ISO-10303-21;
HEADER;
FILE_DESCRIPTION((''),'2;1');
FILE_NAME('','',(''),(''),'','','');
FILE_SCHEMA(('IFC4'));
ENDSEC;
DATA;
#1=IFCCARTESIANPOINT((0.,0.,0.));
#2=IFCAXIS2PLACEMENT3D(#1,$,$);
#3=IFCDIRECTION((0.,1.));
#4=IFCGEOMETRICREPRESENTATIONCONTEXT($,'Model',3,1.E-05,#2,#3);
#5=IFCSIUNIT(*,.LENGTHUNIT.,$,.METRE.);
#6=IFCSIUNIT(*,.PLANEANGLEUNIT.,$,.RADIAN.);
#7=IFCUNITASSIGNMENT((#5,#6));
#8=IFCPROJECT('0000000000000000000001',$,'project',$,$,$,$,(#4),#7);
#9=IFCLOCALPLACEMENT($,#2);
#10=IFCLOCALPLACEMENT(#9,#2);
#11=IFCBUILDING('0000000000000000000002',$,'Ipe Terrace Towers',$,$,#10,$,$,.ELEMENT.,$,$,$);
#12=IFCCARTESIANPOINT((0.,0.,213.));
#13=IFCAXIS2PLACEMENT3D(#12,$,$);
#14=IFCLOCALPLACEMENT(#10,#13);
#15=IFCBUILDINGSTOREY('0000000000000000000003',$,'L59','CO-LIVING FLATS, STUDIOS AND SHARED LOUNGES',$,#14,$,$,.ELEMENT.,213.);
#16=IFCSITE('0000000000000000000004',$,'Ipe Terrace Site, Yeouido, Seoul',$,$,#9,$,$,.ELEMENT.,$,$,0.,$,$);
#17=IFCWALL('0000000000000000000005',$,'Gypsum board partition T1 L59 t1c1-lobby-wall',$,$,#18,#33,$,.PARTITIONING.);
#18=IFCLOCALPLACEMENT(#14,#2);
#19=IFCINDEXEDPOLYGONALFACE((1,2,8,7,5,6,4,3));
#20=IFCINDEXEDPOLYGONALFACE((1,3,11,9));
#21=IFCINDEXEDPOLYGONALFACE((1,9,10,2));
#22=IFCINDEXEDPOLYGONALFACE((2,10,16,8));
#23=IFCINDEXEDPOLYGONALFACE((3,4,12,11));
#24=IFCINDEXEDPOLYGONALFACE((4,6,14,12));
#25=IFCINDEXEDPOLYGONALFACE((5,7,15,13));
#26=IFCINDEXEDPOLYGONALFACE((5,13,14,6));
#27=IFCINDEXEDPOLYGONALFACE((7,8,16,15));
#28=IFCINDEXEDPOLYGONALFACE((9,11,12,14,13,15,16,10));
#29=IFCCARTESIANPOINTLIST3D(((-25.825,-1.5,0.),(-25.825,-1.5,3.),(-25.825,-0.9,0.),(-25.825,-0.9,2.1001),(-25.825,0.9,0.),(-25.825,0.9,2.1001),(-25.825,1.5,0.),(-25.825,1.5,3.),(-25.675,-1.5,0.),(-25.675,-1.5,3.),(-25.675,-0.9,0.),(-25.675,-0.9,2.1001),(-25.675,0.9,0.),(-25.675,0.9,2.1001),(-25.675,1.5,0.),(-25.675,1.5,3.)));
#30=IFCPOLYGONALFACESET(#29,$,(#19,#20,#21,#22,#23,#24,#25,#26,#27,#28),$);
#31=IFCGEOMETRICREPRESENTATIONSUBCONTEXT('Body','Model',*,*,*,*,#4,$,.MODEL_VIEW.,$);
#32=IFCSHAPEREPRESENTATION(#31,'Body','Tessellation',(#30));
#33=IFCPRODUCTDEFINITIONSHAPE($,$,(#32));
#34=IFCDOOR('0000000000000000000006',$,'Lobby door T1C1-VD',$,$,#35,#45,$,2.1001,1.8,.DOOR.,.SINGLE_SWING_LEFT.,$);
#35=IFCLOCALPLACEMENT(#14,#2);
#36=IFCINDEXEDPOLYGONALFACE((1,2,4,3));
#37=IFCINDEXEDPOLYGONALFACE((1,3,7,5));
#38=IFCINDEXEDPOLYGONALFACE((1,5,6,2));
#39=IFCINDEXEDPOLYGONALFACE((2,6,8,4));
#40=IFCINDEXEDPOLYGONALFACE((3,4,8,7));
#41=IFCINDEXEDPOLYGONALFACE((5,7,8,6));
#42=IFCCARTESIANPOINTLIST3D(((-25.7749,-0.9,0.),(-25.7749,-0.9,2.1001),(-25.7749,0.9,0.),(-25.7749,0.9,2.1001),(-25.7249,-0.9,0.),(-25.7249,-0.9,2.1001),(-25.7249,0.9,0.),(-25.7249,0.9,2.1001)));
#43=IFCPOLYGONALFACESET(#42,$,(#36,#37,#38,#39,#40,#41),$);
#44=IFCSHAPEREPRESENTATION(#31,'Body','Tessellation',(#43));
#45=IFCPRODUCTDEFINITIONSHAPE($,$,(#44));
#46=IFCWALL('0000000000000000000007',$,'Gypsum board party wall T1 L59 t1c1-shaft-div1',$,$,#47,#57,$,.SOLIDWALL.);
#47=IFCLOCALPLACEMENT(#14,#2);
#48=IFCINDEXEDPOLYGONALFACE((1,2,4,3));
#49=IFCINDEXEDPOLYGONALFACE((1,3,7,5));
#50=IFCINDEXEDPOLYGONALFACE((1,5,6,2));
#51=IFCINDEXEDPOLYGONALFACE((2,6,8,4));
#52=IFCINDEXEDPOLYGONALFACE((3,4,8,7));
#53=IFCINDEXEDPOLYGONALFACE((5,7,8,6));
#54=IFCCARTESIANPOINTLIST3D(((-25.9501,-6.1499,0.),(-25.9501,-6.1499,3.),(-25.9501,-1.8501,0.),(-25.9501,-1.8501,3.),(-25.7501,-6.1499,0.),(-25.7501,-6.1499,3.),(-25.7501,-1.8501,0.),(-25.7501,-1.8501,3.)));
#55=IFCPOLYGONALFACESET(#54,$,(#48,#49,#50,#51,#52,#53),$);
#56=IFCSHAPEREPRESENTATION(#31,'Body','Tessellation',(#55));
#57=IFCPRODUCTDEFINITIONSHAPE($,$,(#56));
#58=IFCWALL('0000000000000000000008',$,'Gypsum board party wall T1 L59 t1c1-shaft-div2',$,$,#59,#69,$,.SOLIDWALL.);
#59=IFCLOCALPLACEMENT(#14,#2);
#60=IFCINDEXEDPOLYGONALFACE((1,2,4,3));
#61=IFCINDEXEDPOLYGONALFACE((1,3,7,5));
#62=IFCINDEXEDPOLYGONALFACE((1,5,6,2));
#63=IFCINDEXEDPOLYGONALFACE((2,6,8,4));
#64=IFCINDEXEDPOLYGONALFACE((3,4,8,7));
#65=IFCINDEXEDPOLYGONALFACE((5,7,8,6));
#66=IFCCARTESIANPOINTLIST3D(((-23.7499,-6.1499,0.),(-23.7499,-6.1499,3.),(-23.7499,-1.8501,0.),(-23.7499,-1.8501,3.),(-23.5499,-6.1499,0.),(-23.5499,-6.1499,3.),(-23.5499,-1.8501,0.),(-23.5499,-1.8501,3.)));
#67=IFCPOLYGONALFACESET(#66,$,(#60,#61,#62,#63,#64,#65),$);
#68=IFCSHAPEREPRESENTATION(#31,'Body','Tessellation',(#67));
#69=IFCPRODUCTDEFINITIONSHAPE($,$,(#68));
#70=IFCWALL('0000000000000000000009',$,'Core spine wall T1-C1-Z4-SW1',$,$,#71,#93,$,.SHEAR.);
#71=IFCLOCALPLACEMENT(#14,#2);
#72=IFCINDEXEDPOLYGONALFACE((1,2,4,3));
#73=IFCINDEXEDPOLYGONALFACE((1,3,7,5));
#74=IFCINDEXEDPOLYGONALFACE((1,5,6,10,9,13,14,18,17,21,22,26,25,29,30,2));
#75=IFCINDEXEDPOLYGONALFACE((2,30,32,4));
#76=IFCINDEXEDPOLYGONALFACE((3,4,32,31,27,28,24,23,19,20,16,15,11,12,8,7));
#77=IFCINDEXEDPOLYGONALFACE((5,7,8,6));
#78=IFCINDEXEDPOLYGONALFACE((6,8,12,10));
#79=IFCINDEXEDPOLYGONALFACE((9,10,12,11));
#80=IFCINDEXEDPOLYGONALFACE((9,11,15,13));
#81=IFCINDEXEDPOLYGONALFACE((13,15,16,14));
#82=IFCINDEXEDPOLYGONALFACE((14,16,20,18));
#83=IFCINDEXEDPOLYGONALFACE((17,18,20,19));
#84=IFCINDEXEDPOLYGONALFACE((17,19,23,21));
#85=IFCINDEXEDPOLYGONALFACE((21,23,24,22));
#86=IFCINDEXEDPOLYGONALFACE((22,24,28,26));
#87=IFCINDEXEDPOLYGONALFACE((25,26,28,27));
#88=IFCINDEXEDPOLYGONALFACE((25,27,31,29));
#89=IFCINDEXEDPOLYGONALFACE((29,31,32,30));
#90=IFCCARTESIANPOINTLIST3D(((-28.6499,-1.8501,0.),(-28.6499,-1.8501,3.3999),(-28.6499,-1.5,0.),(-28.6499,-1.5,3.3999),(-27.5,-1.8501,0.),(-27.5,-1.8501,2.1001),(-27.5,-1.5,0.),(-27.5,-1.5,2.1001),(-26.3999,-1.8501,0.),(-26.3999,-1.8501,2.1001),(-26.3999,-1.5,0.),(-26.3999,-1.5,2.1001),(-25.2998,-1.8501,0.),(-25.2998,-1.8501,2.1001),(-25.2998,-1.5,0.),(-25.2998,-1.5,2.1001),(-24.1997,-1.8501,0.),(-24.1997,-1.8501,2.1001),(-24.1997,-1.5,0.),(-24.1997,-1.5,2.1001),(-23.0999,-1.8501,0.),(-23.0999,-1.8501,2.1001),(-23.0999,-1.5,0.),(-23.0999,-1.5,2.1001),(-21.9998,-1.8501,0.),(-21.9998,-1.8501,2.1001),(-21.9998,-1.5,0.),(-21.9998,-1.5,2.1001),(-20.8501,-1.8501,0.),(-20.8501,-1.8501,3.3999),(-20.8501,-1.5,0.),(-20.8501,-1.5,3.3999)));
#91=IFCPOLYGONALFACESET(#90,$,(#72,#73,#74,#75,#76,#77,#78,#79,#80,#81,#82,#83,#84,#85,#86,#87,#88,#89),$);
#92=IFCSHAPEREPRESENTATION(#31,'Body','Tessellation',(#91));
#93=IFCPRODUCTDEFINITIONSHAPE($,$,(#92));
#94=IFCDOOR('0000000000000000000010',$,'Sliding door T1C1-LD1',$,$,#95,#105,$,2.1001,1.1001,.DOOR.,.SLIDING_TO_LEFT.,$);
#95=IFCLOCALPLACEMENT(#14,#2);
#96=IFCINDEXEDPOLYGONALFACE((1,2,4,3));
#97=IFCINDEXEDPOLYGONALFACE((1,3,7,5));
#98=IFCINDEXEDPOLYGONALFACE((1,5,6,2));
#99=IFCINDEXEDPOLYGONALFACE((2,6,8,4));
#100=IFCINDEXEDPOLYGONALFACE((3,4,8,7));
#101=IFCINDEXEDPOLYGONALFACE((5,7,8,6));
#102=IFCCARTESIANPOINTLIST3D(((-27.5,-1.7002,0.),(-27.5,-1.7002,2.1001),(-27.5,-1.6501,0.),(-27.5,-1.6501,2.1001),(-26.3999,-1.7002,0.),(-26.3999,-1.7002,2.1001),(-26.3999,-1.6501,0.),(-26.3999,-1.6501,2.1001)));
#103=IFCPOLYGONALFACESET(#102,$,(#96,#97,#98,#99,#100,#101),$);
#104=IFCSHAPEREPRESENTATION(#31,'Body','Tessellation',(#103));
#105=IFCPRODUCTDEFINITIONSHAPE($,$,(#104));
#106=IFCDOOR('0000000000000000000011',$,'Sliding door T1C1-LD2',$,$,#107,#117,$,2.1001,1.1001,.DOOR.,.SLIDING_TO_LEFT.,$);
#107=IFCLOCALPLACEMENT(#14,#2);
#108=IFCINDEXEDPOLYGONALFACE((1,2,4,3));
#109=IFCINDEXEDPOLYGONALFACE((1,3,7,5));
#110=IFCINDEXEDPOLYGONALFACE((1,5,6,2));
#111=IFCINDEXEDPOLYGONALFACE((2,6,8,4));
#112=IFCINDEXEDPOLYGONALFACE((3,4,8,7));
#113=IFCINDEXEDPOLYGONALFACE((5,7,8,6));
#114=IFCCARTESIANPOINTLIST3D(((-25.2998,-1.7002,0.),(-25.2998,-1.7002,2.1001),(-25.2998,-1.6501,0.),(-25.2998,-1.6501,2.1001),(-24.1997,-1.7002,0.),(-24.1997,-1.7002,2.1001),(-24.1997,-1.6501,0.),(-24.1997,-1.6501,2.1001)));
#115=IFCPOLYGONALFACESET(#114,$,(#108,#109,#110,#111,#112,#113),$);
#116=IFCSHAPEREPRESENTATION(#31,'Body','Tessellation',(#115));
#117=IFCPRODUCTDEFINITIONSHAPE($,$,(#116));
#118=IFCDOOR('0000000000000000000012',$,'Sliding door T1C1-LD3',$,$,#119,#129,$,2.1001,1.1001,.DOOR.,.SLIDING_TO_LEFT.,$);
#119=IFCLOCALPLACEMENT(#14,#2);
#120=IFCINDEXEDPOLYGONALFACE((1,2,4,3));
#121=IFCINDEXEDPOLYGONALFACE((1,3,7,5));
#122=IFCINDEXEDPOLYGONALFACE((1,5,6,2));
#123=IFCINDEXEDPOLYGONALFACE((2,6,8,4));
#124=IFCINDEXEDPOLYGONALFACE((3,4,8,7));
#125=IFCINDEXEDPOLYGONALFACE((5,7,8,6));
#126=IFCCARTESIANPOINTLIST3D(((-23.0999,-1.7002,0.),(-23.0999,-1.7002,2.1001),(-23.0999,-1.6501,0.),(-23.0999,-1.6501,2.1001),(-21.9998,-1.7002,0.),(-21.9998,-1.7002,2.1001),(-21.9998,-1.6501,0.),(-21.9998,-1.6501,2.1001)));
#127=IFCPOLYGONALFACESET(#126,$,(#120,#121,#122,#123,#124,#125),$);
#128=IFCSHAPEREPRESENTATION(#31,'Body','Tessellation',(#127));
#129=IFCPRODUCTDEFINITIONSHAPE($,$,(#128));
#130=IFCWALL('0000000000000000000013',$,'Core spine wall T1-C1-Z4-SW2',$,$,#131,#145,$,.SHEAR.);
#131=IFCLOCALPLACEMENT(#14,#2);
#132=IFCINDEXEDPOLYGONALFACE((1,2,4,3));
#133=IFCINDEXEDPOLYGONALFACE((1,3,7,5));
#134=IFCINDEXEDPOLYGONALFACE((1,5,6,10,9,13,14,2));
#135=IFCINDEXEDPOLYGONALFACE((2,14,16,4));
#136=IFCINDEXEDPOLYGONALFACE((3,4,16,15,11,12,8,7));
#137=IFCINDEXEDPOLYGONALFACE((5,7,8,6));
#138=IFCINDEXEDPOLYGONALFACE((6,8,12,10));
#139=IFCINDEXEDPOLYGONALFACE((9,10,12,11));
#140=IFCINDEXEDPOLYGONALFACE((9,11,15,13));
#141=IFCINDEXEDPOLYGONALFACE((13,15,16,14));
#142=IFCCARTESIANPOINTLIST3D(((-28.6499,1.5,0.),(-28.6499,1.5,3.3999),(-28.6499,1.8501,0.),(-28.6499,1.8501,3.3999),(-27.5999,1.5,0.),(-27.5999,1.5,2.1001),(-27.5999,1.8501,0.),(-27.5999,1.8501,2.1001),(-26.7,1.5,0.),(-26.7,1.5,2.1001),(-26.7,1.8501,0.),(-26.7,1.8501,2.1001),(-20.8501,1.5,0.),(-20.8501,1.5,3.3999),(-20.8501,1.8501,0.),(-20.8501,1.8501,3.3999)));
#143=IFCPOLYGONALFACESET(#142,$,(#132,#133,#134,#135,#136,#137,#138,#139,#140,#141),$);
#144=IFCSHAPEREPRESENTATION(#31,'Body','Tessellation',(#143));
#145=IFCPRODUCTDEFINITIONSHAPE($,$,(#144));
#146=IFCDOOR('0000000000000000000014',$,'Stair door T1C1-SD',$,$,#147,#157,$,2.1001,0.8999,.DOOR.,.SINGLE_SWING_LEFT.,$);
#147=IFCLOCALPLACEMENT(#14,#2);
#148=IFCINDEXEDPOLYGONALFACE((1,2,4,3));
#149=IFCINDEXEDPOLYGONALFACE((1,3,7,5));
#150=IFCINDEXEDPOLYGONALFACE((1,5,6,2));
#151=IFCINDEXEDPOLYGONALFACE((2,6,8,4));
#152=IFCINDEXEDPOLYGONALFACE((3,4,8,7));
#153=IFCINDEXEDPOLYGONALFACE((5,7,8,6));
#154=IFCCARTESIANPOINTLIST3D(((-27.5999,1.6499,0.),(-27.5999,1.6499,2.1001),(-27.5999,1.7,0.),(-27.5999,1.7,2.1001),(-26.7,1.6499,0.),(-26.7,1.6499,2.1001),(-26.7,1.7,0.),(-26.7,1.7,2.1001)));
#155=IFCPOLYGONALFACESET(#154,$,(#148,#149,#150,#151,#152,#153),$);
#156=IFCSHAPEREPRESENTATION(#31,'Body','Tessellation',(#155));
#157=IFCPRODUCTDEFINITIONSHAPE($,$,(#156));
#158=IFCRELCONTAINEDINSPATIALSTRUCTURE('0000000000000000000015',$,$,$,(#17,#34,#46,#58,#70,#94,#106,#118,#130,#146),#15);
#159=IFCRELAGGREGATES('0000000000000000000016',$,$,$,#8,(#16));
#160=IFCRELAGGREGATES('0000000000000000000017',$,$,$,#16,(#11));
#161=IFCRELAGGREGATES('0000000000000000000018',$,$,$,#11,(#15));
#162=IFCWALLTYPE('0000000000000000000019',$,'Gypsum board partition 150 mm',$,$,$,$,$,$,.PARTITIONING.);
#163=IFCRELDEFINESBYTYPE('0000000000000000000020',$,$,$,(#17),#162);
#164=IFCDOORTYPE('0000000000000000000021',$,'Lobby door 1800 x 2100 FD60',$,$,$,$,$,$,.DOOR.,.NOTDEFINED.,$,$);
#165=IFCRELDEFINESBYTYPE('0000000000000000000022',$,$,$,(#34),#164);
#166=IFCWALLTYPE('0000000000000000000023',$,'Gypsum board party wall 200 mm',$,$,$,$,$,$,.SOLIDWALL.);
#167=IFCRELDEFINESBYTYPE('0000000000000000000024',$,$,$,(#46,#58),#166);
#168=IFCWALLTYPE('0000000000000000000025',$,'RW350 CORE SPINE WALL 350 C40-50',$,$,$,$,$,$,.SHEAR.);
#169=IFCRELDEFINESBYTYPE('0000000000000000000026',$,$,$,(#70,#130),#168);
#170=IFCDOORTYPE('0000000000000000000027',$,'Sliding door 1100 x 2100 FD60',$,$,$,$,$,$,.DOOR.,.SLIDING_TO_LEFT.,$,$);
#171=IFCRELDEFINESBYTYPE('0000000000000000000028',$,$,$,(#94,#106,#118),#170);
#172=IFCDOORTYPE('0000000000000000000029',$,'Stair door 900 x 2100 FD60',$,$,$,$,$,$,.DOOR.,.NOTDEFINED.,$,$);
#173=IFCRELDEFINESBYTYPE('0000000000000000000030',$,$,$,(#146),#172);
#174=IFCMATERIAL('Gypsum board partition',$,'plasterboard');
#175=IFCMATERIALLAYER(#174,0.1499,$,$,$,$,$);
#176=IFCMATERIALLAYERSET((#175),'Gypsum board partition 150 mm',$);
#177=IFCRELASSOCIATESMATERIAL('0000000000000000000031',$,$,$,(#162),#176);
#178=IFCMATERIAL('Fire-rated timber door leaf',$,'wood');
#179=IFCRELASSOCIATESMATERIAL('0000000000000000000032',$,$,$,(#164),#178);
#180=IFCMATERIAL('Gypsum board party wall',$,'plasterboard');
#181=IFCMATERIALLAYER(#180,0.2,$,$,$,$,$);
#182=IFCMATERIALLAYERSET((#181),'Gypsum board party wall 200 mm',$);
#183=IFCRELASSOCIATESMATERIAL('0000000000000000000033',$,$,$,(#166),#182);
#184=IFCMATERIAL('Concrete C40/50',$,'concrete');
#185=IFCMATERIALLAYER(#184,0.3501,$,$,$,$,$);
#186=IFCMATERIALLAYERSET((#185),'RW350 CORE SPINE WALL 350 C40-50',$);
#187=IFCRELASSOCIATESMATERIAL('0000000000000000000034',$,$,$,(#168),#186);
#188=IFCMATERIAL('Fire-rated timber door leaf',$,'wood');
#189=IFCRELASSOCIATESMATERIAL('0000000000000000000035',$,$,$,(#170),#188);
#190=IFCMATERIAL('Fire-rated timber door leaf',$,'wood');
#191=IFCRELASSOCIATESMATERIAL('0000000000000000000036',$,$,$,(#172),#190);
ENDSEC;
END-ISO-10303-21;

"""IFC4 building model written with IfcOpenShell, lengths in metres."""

from ifc_helpers import new_model, si_unit, direction, frame, frame_2d, origin, place, context, subcontext, project, spatial, rectangle, extrude, material, layer, layer_set, type_object, element, fill, save


model = new_model("IFC4")

# Units and contexts
model_context = context("Model", 3, precision=1e-05, world=origin(), true_north=direction((0.0, 1.0)))
body_context = subcontext(model_context, "Body", "Model", "MODEL_VIEW")
ifc_project = project(units=[si_unit("LENGTHUNIT", "METRE"), si_unit("PLANEANGLEUNIT", "RADIAN")], contexts=[model_context])

# Site, building, storey
site_placement = place(None, origin())
site = spatial("IfcSite", under=ifc_project, at=site_placement, Name="Ipe Terrace Site, Yeouido, Seoul", CompositionType="ELEMENT", RefElevation=0.0)
building_placement = place(site_placement, origin())
building = spatial("IfcBuilding", under=site, at=building_placement, Name="Ipe Terrace Towers", CompositionType="ELEMENT")
storey_placement = place(building_placement, frame((0.0, 0.0, 213.0)))
storey = spatial("IfcBuildingStorey", under=building, at=storey_placement, Name="L59", Description="CO-LIVING FLATS, STUDIOS AND SHARED LOUNGES", CompositionType="ELEMENT", Elevation=213.0)

# Wall, opening, door
ifc_material_1 = material(Name="Gypsum board partition", Category="plasterboard")
ifc_layer_1 = layer(ifc_material_1, 0.1499)
ifc_layer_set_1 = layer_set([ifc_layer_1], Name="Gypsum board partition 150 mm")
wall_type_1 = type_object("IfcWallType", Name="Gypsum board partition 150 mm", PredefinedType="PARTITIONING", material=ifc_layer_set_1)
wall_1_placement = place(storey_placement, frame((-25.75, -1.5, 0.0), z_axis=(0.0, 0.0, 1.0), x_axis=(0.0, 1.0, 0.0)))
wall_1 = element("IfcWall", 1, at=wall_1_placement, inside=storey, type_object=wall_type_1, Name="Gypsum board partition T1 L59 t1c1-lobby-wall", PredefinedType="PARTITIONING", context=body_context, shape_type="SweptSolid", body=[
    extrude(rectangle(XDim=3.0, YDim=0.1499, at=frame_2d((1.5, 0.0))), origin(), (0.0, 0.0, 1.0), 3.0),
])
opening_1_placement = place(wall_1_placement, frame((0.6001, 0.0, 0.0)))
opening_1 = element("IfcOpeningElement", 2, at=opening_1_placement, cuts=wall_1, PredefinedType="OPENING", context=body_context, shape_type="SweptSolid", body=[
    extrude(rectangle(XDim=1.8, YDim=2.1001, at=frame_2d((0.8999, 1.05))), frame((0.0, 0.085, 0.0), z_axis=(0.0, -1.0, 0.0), x_axis=(1.0, 0.0, 0.0)), (0.0, 0.0, 1.0), 0.1699),
])
ifc_material_2 = material(Name="Fire-rated timber door leaf", Category="wood")
door_type_1 = type_object("IfcDoorType", Name="Lobby door 1800 x 2100 FD60", OperationType="NOTDEFINED", PredefinedType="DOOR", material=ifc_material_2)
door_1_placement = place(opening_1_placement, origin())
door_1 = element("IfcDoor", 3, at=door_1_placement, inside=storey, type_object=door_type_1, Name="Lobby door T1C1-VD", OperationType="SINGLE_SWING_LEFT", OverallHeight=2.1001, OverallWidth=1.8, PredefinedType="DOOR", context=body_context, shape_type="SweptSolid", body=[
    extrude(rectangle(XDim=1.8, YDim=2.1001, at=frame_2d((0.8999, 1.05))), frame((0.0, 0.0249, 0.0), z_axis=(0.0, -1.0, 0.0), x_axis=(1.0, 0.0, 0.0)), (0.0, 0.0, 1.0), 0.05),
])
fill(opening_1, door_1)

# Walls
ifc_material_3 = material(Name="Gypsum board party wall", Category="plasterboard")
ifc_layer_2 = layer(ifc_material_3, 0.2)
ifc_layer_set_2 = layer_set([ifc_layer_2], Name="Gypsum board party wall 200 mm")
wall_type_2 = type_object("IfcWallType", Name="Gypsum board party wall 200 mm", PredefinedType="SOLIDWALL", material=ifc_layer_set_2)
for number, where, z_axis, x_axis, name in (
    (4, (-25.8501, -6.1499, 0.0), (0.0, 0.0, 1.0), (0.0, 1.0, 0.0), "Gypsum board party wall T1 L59 t1c1-shaft-div1"),
    (5, (-23.6499, -6.1499, 0.0), (0.0, 0.0, 1.0), (0.0, 1.0, 0.0), "Gypsum board party wall T1 L59 t1c1-shaft-div2"),
):
    element("IfcWall", number, at=place(storey_placement, frame(where, z_axis=z_axis, x_axis=x_axis)), inside=storey, type_object=wall_type_2, Name=name, PredefinedType="SOLIDWALL", context=body_context, shape_type="SweptSolid", body=[
        extrude(rectangle(XDim=4.2998, YDim=0.2, at=frame_2d((2.1499, 0.0))), origin(), (0.0, 0.0, 1.0), 3.0),
    ])

# Wall, openings, doors
ifc_material_4 = material(Name="Concrete C40/50", Category="concrete")
ifc_layer_3 = layer(ifc_material_4, 0.3501)
ifc_layer_set_3 = layer_set([ifc_layer_3], Name="RW350 CORE SPINE WALL 350 C40-50")
wall_type_3 = type_object("IfcWallType", Name="RW350 CORE SPINE WALL 350 C40-50", PredefinedType="SHEAR", material=ifc_layer_set_3)
wall_2_placement = place(storey_placement, frame((-28.6499, -1.675, 0.0), z_axis=(0.0, 0.0, 1.0), x_axis=(1.0, 0.0, 0.0)))
wall_2 = element("IfcWall", 6, at=wall_2_placement, inside=storey, type_object=wall_type_3, Name="Core spine wall T1-C1-Z4-SW1", PredefinedType="SHEAR", context=body_context, shape_type="SweptSolid", body=[
    extrude(rectangle(XDim=7.7998, YDim=0.3501, at=frame_2d((3.8999, 0.0))), origin(), (0.0, 0.0, 1.0), 3.3999),
])
opening_2_placement = place(wall_2_placement, frame((1.1499, 0.0, 0.0)))
opening_2 = element("IfcOpeningElement", 7, at=opening_2_placement, cuts=wall_2, PredefinedType="OPENING", context=body_context, shape_type="SweptSolid", body=[
    extrude(rectangle(XDim=1.1001, YDim=2.1001, at=frame_2d((0.55, 1.05))), frame((0.0, 0.1851, 0.0), z_axis=(0.0, -1.0, 0.0), x_axis=(1.0, 0.0, 0.0)), (0.0, 0.0, 1.0), 0.3701),
])
opening_3_placement = place(wall_2_placement, frame((3.3501, 0.0, 0.0)))
opening_3 = element("IfcOpeningElement", 8, at=opening_3_placement, cuts=wall_2, PredefinedType="OPENING", context=body_context, shape_type="SweptSolid", body=[
    extrude(rectangle(XDim=1.1001, YDim=2.1001, at=frame_2d((0.55, 1.05))), frame((0.0, 0.1851, 0.0), z_axis=(0.0, -1.0, 0.0), x_axis=(1.0, 0.0, 0.0)), (0.0, 0.0, 1.0), 0.3701),
])
opening_4_placement = place(wall_2_placement, frame((5.55, 0.0, 0.0)))
opening_4 = element("IfcOpeningElement", 9, at=opening_4_placement, cuts=wall_2, PredefinedType="OPENING", context=body_context, shape_type="SweptSolid", body=[
    extrude(rectangle(XDim=1.1001, YDim=2.1001, at=frame_2d((0.55, 1.05))), frame((0.0, 0.1851, 0.0), z_axis=(0.0, -1.0, 0.0), x_axis=(1.0, 0.0, 0.0)), (0.0, 0.0, 1.0), 0.3701),
])
ifc_material_5 = material(Name="Fire-rated timber door leaf", Category="wood")
door_type_2 = type_object("IfcDoorType", Name="Sliding door 1100 x 2100 FD60", OperationType="SLIDING_TO_LEFT", PredefinedType="DOOR", material=ifc_material_5)
door_2_placement = place(opening_2_placement, origin())
door_2 = element("IfcDoor", 10, at=door_2_placement, inside=storey, type_object=door_type_2, Name="Sliding door T1C1-LD1", OperationType="SLIDING_TO_LEFT", OverallHeight=2.1001, OverallWidth=1.1001, PredefinedType="DOOR", context=body_context, shape_type="SweptSolid", body=[
    extrude(rectangle(XDim=1.1001, YDim=2.1001, at=frame_2d((0.55, 1.05))), frame((0.0, 0.0249, 0.0), z_axis=(0.0, -1.0, 0.0), x_axis=(1.0, 0.0, 0.0)), (0.0, 0.0, 1.0), 0.05),
])
fill(opening_2, door_2)
door_3_placement = place(opening_3_placement, origin())
door_3 = element("IfcDoor", 11, at=door_3_placement, inside=storey, type_object=door_type_2, Name="Sliding door T1C1-LD2", OperationType="SLIDING_TO_LEFT", OverallHeight=2.1001, OverallWidth=1.1001, PredefinedType="DOOR", context=body_context, shape_type="SweptSolid", body=[
    extrude(rectangle(XDim=1.1001, YDim=2.1001, at=frame_2d((0.55, 1.05))), frame((0.0, 0.0249, 0.0), z_axis=(0.0, -1.0, 0.0), x_axis=(1.0, 0.0, 0.0)), (0.0, 0.0, 1.0), 0.05),
])
fill(opening_3, door_3)
door_4_placement = place(opening_4_placement, origin())
door_4 = element("IfcDoor", 12, at=door_4_placement, inside=storey, type_object=door_type_2, Name="Sliding door T1C1-LD3", OperationType="SLIDING_TO_LEFT", OverallHeight=2.1001, OverallWidth=1.1001, PredefinedType="DOOR", context=body_context, shape_type="SweptSolid", body=[
    extrude(rectangle(XDim=1.1001, YDim=2.1001, at=frame_2d((0.55, 1.05))), frame((0.0, 0.0249, 0.0), z_axis=(0.0, -1.0, 0.0), x_axis=(1.0, 0.0, 0.0)), (0.0, 0.0, 1.0), 0.05),
])
fill(opening_4, door_4)

# Wall, opening, door
wall_3_placement = place(storey_placement, frame((-28.6499, 1.675, 0.0), z_axis=(0.0, 0.0, 1.0), x_axis=(1.0, 0.0, 0.0)))
wall_3 = element("IfcWall", 13, at=wall_3_placement, inside=storey, type_object=wall_type_3, Name="Core spine wall T1-C1-Z4-SW2", PredefinedType="SHEAR", context=body_context, shape_type="SweptSolid", body=[
    extrude(rectangle(XDim=7.7998, YDim=0.3501, at=frame_2d((3.8999, 0.0))), origin(), (0.0, 0.0, 1.0), 3.3999),
])
opening_5_placement = place(wall_3_placement, frame((1.05, 0.0, 0.0)))
opening_5 = element("IfcOpeningElement", 14, at=opening_5_placement, cuts=wall_3, PredefinedType="OPENING", context=body_context, shape_type="SweptSolid", body=[
    extrude(rectangle(XDim=0.8999, YDim=2.1001, at=frame_2d((0.45, 1.05))), frame((0.0, 0.1851, 0.0), z_axis=(0.0, -1.0, 0.0), x_axis=(1.0, 0.0, 0.0)), (0.0, 0.0, 1.0), 0.3701),
])
ifc_material_6 = material(Name="Fire-rated timber door leaf", Category="wood")
door_type_3 = type_object("IfcDoorType", Name="Stair door 900 x 2100 FD60", OperationType="NOTDEFINED", PredefinedType="DOOR", material=ifc_material_6)
door_5_placement = place(opening_5_placement, origin())
door_5 = element("IfcDoor", 15, at=door_5_placement, inside=storey, type_object=door_type_3, Name="Stair door T1C1-SD", OperationType="SINGLE_SWING_LEFT", OverallHeight=2.1001, OverallWidth=0.8999, PredefinedType="DOOR", context=body_context, shape_type="SweptSolid", body=[
    extrude(rectangle(XDim=0.8999, YDim=2.1001, at=frame_2d((0.45, 1.05))), frame((0.0, 0.0249, 0.0), z_axis=(0.0, -1.0, 0.0), x_axis=(1.0, 0.0, 0.0)), (0.0, 0.0, 1.0), 0.05),
])
fill(opening_5, door_5)

save(model, "model.ifc")
